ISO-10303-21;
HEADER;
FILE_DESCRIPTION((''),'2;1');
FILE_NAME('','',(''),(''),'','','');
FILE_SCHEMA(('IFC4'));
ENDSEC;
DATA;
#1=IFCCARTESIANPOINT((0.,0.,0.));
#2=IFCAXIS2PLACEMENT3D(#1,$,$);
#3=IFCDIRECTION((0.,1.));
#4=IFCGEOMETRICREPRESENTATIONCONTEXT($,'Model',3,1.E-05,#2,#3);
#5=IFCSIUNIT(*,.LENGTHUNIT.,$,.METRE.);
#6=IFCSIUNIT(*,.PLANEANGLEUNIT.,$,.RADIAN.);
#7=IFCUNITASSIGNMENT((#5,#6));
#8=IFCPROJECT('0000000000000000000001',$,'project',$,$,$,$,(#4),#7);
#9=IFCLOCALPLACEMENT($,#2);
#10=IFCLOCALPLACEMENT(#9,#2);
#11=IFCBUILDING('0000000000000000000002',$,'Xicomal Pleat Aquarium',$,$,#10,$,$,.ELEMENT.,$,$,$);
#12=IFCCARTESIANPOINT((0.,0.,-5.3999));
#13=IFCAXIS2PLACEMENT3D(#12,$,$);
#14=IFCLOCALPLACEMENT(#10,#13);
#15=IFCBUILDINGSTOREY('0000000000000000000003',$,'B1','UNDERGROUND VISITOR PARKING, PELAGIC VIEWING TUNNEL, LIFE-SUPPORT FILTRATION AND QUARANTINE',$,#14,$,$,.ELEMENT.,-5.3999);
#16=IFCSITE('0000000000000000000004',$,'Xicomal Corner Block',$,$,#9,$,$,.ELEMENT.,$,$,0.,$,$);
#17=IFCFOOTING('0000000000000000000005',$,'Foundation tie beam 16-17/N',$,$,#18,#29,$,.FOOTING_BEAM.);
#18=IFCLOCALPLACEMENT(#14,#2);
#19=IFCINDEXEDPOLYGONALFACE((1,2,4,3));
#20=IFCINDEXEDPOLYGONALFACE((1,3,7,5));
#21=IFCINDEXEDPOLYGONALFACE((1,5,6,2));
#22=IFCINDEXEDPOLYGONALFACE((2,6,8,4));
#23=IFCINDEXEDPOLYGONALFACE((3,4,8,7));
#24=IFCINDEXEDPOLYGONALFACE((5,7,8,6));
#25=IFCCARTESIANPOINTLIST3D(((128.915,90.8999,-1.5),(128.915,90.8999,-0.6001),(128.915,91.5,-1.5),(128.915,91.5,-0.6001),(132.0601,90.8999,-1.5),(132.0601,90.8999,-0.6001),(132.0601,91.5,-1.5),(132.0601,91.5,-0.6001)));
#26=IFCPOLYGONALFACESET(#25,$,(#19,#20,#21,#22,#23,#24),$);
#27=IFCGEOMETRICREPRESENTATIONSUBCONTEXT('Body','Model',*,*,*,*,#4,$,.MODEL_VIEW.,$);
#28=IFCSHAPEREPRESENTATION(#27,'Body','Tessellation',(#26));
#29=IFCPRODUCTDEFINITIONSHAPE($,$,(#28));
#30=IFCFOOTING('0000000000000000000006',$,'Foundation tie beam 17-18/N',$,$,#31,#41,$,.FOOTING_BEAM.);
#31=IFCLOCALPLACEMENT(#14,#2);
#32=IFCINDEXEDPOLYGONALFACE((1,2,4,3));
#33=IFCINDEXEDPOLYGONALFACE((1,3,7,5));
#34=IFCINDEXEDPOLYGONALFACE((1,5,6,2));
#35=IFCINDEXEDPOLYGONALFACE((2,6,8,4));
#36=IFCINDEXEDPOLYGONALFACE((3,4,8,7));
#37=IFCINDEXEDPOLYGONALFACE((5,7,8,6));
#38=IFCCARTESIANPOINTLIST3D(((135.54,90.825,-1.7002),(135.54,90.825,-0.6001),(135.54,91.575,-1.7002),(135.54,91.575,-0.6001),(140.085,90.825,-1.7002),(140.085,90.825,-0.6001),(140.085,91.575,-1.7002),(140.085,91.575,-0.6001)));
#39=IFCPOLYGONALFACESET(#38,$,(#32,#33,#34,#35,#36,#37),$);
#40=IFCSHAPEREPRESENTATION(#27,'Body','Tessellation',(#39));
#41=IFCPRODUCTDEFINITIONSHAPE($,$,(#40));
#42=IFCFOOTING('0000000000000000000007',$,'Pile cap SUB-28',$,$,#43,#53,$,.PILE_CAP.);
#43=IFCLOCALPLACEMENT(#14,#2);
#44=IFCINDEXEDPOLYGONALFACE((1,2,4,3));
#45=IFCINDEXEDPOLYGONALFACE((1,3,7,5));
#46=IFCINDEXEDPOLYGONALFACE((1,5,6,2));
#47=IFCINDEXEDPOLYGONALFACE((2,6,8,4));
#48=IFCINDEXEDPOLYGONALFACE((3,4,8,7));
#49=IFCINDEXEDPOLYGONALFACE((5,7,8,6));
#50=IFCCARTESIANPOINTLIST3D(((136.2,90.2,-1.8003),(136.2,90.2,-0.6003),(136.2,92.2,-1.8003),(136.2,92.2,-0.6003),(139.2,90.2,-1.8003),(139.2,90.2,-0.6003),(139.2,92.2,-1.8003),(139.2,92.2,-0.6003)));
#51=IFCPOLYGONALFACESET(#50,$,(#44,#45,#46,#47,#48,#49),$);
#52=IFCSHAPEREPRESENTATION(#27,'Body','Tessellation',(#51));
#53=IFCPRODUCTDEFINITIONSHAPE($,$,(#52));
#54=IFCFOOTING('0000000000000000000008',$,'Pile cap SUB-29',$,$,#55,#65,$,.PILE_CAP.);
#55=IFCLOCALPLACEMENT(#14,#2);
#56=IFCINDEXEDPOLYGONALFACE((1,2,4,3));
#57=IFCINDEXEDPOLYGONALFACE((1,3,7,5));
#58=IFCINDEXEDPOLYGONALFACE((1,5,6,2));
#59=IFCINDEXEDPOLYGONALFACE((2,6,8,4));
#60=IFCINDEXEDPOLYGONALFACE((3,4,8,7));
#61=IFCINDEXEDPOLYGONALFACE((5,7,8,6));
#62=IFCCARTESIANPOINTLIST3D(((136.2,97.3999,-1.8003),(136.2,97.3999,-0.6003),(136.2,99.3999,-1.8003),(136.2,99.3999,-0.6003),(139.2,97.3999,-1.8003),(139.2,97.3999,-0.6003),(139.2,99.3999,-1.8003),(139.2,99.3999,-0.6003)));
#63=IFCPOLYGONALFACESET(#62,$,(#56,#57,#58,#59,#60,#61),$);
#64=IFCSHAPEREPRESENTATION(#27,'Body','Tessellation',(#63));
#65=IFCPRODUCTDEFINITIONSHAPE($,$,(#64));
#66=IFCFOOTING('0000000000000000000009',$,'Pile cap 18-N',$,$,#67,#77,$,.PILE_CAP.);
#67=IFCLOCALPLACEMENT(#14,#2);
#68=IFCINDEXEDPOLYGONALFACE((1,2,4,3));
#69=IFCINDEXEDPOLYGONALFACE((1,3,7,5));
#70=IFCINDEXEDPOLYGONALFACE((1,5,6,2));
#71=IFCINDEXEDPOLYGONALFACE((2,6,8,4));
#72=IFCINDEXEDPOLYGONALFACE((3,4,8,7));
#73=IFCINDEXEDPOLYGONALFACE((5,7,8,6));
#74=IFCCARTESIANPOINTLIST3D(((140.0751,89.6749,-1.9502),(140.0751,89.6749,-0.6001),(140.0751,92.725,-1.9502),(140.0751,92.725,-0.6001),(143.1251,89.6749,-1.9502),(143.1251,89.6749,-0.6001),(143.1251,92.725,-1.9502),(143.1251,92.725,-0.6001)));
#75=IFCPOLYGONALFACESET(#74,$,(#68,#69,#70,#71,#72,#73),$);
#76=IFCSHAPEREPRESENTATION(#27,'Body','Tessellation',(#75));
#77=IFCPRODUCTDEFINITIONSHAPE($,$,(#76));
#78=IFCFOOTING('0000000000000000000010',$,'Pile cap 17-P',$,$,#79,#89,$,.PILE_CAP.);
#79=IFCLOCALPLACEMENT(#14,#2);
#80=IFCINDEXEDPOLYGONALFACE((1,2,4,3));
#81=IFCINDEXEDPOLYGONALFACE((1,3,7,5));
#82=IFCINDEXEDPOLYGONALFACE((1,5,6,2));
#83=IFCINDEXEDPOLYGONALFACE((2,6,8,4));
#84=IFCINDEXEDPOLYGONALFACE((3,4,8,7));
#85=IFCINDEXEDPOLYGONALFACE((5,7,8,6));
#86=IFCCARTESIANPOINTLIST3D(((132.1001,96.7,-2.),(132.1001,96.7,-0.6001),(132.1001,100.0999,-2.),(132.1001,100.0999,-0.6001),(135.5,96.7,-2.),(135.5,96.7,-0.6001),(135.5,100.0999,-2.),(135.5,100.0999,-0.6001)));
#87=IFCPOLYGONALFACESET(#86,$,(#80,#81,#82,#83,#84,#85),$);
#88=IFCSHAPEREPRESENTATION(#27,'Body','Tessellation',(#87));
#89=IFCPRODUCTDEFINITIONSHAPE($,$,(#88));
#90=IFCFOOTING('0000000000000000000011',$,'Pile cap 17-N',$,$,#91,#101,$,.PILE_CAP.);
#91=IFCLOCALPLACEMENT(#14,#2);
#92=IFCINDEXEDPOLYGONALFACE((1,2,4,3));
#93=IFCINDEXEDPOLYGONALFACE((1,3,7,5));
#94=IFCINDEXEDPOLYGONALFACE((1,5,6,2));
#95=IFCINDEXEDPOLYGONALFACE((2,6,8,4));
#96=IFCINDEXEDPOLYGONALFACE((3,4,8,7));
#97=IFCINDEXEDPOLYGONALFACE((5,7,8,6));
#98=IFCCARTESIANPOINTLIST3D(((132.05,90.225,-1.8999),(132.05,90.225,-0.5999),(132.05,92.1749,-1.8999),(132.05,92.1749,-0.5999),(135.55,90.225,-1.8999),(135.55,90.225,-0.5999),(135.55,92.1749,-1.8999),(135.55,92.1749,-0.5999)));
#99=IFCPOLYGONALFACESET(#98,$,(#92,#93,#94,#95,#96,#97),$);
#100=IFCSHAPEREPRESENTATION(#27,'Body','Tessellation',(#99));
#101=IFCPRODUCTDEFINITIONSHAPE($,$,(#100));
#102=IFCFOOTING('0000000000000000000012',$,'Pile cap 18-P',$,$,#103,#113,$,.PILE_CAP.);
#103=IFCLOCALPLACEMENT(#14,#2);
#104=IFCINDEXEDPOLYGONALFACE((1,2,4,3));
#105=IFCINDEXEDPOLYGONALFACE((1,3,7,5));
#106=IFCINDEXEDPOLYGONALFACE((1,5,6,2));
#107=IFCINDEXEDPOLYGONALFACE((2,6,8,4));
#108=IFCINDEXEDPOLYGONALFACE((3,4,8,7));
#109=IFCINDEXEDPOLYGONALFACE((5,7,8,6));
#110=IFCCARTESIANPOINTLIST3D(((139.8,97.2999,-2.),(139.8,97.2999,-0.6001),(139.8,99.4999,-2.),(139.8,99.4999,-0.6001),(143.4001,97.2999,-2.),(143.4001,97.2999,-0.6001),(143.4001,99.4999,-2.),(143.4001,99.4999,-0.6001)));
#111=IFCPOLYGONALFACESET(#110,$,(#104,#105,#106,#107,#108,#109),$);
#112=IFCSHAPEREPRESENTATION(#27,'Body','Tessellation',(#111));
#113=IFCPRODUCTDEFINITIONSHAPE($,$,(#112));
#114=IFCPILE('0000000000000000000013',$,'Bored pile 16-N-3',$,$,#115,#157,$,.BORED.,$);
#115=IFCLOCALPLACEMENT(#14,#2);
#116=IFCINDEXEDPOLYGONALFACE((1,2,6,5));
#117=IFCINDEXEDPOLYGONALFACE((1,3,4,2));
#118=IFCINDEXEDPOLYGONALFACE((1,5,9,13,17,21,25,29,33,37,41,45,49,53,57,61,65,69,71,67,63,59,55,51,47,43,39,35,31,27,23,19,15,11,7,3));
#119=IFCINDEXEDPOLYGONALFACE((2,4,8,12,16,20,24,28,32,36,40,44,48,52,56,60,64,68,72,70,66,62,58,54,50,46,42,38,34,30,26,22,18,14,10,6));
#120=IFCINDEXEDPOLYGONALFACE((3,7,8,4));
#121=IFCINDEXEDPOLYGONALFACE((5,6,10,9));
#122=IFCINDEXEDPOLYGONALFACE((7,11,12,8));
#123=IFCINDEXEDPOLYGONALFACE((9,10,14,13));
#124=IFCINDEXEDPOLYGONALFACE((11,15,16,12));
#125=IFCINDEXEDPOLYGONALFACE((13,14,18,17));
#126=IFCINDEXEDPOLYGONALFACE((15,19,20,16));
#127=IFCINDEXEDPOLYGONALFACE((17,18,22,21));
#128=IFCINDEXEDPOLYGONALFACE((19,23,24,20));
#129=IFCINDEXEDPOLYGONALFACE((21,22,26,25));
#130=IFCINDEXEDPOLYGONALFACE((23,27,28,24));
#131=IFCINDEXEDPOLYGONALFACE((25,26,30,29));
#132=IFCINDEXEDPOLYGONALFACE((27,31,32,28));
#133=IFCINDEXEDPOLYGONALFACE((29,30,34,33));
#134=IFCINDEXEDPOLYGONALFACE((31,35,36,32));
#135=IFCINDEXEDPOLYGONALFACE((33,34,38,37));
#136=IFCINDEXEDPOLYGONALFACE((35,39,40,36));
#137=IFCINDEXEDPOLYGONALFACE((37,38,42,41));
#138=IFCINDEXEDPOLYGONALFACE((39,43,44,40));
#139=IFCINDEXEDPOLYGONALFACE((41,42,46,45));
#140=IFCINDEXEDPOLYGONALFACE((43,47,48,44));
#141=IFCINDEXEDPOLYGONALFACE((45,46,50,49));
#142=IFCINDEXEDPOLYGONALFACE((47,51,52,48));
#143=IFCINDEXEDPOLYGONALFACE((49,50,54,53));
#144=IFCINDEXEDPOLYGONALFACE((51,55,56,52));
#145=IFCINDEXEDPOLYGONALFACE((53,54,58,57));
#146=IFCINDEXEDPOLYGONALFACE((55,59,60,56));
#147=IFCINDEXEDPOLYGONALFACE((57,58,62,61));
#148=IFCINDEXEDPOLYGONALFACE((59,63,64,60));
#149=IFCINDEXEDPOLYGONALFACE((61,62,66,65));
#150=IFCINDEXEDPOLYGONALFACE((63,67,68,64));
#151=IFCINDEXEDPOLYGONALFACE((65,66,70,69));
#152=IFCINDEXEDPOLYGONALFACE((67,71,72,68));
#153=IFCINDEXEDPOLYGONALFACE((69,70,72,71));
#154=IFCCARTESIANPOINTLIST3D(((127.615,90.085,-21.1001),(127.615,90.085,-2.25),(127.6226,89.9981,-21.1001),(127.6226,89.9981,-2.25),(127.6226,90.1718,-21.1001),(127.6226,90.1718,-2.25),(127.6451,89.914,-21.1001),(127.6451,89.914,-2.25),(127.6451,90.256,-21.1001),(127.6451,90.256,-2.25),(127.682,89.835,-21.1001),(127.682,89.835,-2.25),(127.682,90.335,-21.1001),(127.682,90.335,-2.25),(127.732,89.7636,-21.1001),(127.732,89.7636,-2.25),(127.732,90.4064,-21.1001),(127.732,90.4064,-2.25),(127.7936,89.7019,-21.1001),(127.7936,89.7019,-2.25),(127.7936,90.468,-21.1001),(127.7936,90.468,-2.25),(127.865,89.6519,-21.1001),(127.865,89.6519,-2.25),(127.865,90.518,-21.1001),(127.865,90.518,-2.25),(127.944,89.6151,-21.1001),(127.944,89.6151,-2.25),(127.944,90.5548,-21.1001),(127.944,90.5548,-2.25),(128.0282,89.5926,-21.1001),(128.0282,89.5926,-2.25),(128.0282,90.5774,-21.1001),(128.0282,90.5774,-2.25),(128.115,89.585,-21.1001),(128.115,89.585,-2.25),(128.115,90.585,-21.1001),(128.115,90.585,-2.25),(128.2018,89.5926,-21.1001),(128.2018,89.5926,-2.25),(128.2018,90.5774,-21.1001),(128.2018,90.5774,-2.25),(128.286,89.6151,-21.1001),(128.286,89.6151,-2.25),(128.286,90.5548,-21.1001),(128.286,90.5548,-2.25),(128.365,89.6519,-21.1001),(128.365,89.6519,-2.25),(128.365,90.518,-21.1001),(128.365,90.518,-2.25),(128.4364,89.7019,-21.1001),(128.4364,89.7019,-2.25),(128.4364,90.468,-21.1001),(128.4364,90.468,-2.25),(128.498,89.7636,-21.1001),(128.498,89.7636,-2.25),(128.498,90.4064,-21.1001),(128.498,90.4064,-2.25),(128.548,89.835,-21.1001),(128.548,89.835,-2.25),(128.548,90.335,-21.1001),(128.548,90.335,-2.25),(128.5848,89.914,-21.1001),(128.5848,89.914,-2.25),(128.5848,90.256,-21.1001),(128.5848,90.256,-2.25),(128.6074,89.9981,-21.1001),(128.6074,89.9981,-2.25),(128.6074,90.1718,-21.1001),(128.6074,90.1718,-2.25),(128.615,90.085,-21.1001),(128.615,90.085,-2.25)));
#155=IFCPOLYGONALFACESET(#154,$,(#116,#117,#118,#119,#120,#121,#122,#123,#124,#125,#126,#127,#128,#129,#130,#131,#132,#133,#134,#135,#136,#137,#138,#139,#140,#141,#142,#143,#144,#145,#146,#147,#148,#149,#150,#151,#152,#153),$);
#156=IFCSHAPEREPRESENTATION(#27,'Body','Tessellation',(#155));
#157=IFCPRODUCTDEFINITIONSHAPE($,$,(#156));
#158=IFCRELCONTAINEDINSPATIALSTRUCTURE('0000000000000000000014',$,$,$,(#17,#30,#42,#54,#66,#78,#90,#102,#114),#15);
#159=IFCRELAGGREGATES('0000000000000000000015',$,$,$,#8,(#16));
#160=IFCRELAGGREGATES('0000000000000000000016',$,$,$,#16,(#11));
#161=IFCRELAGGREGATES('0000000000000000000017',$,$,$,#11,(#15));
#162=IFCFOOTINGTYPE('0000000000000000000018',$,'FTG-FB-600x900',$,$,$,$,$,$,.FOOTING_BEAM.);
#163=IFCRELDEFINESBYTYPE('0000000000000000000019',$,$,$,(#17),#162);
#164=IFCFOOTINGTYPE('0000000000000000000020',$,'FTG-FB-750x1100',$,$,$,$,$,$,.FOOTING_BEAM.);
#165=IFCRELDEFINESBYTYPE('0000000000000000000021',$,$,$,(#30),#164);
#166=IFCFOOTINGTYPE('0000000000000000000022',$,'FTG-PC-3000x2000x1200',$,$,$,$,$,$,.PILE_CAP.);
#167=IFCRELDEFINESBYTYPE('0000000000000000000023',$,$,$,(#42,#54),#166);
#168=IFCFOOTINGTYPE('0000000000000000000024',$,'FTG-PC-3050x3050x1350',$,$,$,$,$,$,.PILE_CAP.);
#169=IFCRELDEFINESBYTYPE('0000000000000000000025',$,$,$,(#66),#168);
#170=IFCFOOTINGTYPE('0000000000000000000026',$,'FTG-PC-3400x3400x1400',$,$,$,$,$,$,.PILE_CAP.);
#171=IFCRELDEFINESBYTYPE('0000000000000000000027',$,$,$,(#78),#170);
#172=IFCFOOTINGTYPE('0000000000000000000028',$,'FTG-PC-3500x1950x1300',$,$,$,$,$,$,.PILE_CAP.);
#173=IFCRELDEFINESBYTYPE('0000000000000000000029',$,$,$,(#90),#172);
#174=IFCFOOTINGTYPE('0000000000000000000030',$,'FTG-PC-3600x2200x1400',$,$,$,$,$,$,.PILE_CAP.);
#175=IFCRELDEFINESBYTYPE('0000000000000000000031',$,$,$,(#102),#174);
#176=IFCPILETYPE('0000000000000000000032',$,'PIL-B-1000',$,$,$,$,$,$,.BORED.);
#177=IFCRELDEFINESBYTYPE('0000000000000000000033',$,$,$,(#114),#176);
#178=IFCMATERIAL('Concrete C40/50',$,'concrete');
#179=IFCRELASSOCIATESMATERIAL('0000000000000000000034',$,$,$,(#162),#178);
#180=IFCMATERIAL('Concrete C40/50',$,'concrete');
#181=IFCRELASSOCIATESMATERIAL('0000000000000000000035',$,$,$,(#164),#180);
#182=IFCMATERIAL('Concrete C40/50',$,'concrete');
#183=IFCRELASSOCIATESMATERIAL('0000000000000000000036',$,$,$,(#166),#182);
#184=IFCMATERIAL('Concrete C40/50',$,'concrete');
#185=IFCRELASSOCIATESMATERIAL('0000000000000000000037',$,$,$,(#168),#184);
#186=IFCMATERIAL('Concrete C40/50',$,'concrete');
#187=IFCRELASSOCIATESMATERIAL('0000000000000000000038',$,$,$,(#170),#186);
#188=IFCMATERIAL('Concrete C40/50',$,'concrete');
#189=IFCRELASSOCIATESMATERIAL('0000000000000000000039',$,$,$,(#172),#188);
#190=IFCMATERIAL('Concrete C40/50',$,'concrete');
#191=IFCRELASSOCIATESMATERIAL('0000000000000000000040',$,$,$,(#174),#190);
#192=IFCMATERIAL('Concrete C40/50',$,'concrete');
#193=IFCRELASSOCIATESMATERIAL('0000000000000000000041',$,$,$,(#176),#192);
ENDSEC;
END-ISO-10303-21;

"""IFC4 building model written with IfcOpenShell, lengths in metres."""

from ifc_helpers import new_model, si_unit, direction, frame, origin, origin_2d, place, context, subcontext, project, spatial, rectangle, circle, extrude, material, material_profile, profile_set, type_object, element, save


model = new_model("IFC4")

# Units and contexts
model_context = context("Model", 3, precision=1e-05, world=origin(), true_north=direction((0.0, 1.0)))
body_context = subcontext(model_context, "Body", "Model", "MODEL_VIEW")
ifc_project = project(units=[si_unit("LENGTHUNIT", "METRE"), si_unit("PLANEANGLEUNIT", "RADIAN")], contexts=[model_context])

# Site, building, storey
site_placement = place(None, origin())
site = spatial("IfcSite", under=ifc_project, at=site_placement, Name="Xicomal Corner Block", CompositionType="ELEMENT", RefElevation=0.0)
building_placement = place(site_placement, origin())
building = spatial("IfcBuilding", under=site, at=building_placement, Name="Xicomal Pleat Aquarium", CompositionType="ELEMENT")
storey_placement = place(building_placement, frame((0.0, 0.0, -5.3999)))
storey = spatial("IfcBuildingStorey", under=building, at=storey_placement, Name="B1", Description="UNDERGROUND VISITOR PARKING, PELAGIC VIEWING TUNNEL, LIFE-SUPPORT FILTRATION AND QUARANTINE", CompositionType="ELEMENT", Elevation=-5.3999)

# Footings
ifc_material_1 = material(Name="Concrete C40/50", Category="concrete")
ifc_material_profile_1 = material_profile(ifc_material_1, rectangle(XDim=0.6001, YDim=0.8999, at=origin_2d()), Name="FB-02 600x900")
ifc_profile_set_1 = profile_set([ifc_material_profile_1], Name="Concrete C40/50")
footing_type_1 = type_object("IfcFootingType", Name="FTG-FB-600x900", PredefinedType="FOOTING_BEAM", material=ifc_profile_set_1)
footing_1_placement = place(storey_placement, frame((128.915, 91.2, -1.05), z_axis=(1.0, 0.0, 0.0), x_axis=(0.0, 1.0, 0.0)))
element("IfcFooting", 1, at=footing_1_placement, inside=storey, type_object=footing_type_1, Name="Foundation tie beam 16-17/N", PredefinedType="FOOTING_BEAM", context=body_context, shape_type="SweptSolid", body=[
    extrude(rectangle(XDim=0.6001, YDim=0.8999, at=origin_2d()), origin(), (0.0, 0.0, 1.0), 3.145),
])
ifc_material_2 = material(Name="Concrete C40/50", Category="concrete")
ifc_material_profile_2 = material_profile(ifc_material_2, rectangle(XDim=0.75, YDim=1.1001, at=origin_2d()), Name="FB-04 750x1100")
ifc_profile_set_2 = profile_set([ifc_material_profile_2], Name="Concrete C40/50")
footing_type_2 = type_object("IfcFootingType", Name="FTG-FB-750x1100", PredefinedType="FOOTING_BEAM", material=ifc_profile_set_2)
footing_2_placement = place(storey_placement, frame((135.54, 91.2, -1.1501), z_axis=(1.0, 0.0, 0.0), x_axis=(0.0, 1.0, 0.0)))
element("IfcFooting", 2, at=footing_2_placement, inside=storey, type_object=footing_type_2, Name="Foundation tie beam 17-18/N", PredefinedType="FOOTING_BEAM", context=body_context, shape_type="SweptSolid", body=[
    extrude(rectangle(XDim=0.75, YDim=1.1001, at=origin_2d()), origin(), (0.0, 0.0, 1.0), 4.5449),
])
ifc_material_3 = material(Name="Concrete C40/50", Category="concrete")
footing_type_3 = type_object("IfcFootingType", Name="FTG-PC-3000x2000x1200", PredefinedType="PILE_CAP", material=ifc_material_3)
for number, where, z_axis, x_axis, name in (
    (3, (137.7, 91.2, -1.8003), (0.0, 0.0, 1.0), (1.0, 0.0, 0.0), "Pile cap SUB-28"),
    (4, (137.7, 98.3999, -1.8003), (0.0, 0.0, 1.0), (1.0, 0.0, 0.0), "Pile cap SUB-29"),
):
    element("IfcFooting", number, at=place(storey_placement, frame(where, z_axis=z_axis, x_axis=x_axis)), inside=storey, type_object=footing_type_3, Name=name, PredefinedType="PILE_CAP", context=body_context, shape_type="SweptSolid", body=[
        extrude(rectangle(XDim=3.0, YDim=2.0, at=origin_2d()), origin(), (0.0, 0.0, 1.0), 1.2),
    ])
ifc_material_4 = material(Name="Concrete C40/50", Category="concrete")
footing_type_4 = type_object("IfcFootingType", Name="FTG-PC-3050x3050x1350", PredefinedType="PILE_CAP", material=ifc_material_4)
footing_3_placement = place(storey_placement, frame((141.6001, 91.2, -1.9502), z_axis=(0.0, 0.0, 1.0), x_axis=(1.0, 0.0, 0.0)))
element("IfcFooting", 5, at=footing_3_placement, inside=storey, type_object=footing_type_4, Name="Pile cap 18-N", PredefinedType="PILE_CAP", context=body_context, shape_type="SweptSolid", body=[
    extrude(rectangle(XDim=3.05, YDim=3.05, at=origin_2d()), origin(), (0.0, 0.0, 1.0), 1.3501),
])
ifc_material_5 = material(Name="Concrete C40/50", Category="concrete")
footing_type_5 = type_object("IfcFootingType", Name="FTG-PC-3400x3400x1400", PredefinedType="PILE_CAP", material=ifc_material_5)
footing_4_placement = place(storey_placement, frame((133.8, 98.3999, -2.0), z_axis=(0.0, 0.0, 1.0), x_axis=(1.0, 0.0, 0.0)))
element("IfcFooting", 6, at=footing_4_placement, inside=storey, type_object=footing_type_5, Name="Pile cap 17-P", PredefinedType="PILE_CAP", context=body_context, shape_type="SweptSolid", body=[
    extrude(rectangle(XDim=3.3999, YDim=3.3999, at=origin_2d()), origin(), (0.0, 0.0, 1.0), 1.3999),
])
ifc_material_6 = material(Name="Concrete C40/50", Category="concrete")
footing_type_6 = type_object("IfcFootingType", Name="FTG-PC-3500x1950x1300", PredefinedType="PILE_CAP", material=ifc_material_6)
footing_5_placement = place(storey_placement, frame((133.8, 91.2, -1.8999), z_axis=(0.0, 0.0, 1.0), x_axis=(1.0, 0.0, 0.0)))
element("IfcFooting", 7, at=footing_5_placement, inside=storey, type_object=footing_type_6, Name="Pile cap 17-N", PredefinedType="PILE_CAP", context=body_context, shape_type="SweptSolid", body=[
    extrude(rectangle(XDim=3.5, YDim=1.95, at=origin_2d()), origin(), (0.0, 0.0, 1.0), 1.3),
])
ifc_material_7 = material(Name="Concrete C40/50", Category="concrete")
footing_type_7 = type_object("IfcFootingType", Name="FTG-PC-3600x2200x1400", PredefinedType="PILE_CAP", material=ifc_material_7)
footing_6_placement = place(storey_placement, frame((141.6001, 98.3999, -2.0), z_axis=(0.0, 0.0, 1.0), x_axis=(1.0, 0.0, 0.0)))
element("IfcFooting", 8, at=footing_6_placement, inside=storey, type_object=footing_type_7, Name="Pile cap 18-P", PredefinedType="PILE_CAP", context=body_context, shape_type="SweptSolid", body=[
    extrude(rectangle(XDim=3.6001, YDim=2.2, at=origin_2d()), origin(), (0.0, 0.0, 1.0), 1.3999),
])

# Pile
ifc_material_8 = material(Name="Concrete C40/50", Category="concrete")
ifc_material_profile_3 = material_profile(ifc_material_8, circle(Radius=0.5, at=origin_2d()), Name="BORED PILE D1000")
ifc_profile_set_3 = profile_set([ifc_material_profile_3], Name="Concrete C40/50")
pile_type_1 = type_object("IfcPileType", Name="PIL-B-1000", PredefinedType="BORED", material=ifc_profile_set_3)
for number, where, z_axis, x_axis, name in (
    (9, (128.115, 90.085, -2.25), (0.0, 0.0, -1.0), (1.0, 0.0, 0.0), "Bored pile 16-N-3"),
):
    element("IfcPile", number, at=place(storey_placement, frame(where, z_axis=z_axis, x_axis=x_axis)), inside=storey, type_object=pile_type_1, Name=name, PredefinedType="BORED", context=body_context, shape_type="SweptSolid", body=[
        extrude(circle(Radius=0.5, at=origin_2d()), origin(), (0.0, 0.0, 1.0), 18.8501),
    ])

save(model, "model.ifc")
